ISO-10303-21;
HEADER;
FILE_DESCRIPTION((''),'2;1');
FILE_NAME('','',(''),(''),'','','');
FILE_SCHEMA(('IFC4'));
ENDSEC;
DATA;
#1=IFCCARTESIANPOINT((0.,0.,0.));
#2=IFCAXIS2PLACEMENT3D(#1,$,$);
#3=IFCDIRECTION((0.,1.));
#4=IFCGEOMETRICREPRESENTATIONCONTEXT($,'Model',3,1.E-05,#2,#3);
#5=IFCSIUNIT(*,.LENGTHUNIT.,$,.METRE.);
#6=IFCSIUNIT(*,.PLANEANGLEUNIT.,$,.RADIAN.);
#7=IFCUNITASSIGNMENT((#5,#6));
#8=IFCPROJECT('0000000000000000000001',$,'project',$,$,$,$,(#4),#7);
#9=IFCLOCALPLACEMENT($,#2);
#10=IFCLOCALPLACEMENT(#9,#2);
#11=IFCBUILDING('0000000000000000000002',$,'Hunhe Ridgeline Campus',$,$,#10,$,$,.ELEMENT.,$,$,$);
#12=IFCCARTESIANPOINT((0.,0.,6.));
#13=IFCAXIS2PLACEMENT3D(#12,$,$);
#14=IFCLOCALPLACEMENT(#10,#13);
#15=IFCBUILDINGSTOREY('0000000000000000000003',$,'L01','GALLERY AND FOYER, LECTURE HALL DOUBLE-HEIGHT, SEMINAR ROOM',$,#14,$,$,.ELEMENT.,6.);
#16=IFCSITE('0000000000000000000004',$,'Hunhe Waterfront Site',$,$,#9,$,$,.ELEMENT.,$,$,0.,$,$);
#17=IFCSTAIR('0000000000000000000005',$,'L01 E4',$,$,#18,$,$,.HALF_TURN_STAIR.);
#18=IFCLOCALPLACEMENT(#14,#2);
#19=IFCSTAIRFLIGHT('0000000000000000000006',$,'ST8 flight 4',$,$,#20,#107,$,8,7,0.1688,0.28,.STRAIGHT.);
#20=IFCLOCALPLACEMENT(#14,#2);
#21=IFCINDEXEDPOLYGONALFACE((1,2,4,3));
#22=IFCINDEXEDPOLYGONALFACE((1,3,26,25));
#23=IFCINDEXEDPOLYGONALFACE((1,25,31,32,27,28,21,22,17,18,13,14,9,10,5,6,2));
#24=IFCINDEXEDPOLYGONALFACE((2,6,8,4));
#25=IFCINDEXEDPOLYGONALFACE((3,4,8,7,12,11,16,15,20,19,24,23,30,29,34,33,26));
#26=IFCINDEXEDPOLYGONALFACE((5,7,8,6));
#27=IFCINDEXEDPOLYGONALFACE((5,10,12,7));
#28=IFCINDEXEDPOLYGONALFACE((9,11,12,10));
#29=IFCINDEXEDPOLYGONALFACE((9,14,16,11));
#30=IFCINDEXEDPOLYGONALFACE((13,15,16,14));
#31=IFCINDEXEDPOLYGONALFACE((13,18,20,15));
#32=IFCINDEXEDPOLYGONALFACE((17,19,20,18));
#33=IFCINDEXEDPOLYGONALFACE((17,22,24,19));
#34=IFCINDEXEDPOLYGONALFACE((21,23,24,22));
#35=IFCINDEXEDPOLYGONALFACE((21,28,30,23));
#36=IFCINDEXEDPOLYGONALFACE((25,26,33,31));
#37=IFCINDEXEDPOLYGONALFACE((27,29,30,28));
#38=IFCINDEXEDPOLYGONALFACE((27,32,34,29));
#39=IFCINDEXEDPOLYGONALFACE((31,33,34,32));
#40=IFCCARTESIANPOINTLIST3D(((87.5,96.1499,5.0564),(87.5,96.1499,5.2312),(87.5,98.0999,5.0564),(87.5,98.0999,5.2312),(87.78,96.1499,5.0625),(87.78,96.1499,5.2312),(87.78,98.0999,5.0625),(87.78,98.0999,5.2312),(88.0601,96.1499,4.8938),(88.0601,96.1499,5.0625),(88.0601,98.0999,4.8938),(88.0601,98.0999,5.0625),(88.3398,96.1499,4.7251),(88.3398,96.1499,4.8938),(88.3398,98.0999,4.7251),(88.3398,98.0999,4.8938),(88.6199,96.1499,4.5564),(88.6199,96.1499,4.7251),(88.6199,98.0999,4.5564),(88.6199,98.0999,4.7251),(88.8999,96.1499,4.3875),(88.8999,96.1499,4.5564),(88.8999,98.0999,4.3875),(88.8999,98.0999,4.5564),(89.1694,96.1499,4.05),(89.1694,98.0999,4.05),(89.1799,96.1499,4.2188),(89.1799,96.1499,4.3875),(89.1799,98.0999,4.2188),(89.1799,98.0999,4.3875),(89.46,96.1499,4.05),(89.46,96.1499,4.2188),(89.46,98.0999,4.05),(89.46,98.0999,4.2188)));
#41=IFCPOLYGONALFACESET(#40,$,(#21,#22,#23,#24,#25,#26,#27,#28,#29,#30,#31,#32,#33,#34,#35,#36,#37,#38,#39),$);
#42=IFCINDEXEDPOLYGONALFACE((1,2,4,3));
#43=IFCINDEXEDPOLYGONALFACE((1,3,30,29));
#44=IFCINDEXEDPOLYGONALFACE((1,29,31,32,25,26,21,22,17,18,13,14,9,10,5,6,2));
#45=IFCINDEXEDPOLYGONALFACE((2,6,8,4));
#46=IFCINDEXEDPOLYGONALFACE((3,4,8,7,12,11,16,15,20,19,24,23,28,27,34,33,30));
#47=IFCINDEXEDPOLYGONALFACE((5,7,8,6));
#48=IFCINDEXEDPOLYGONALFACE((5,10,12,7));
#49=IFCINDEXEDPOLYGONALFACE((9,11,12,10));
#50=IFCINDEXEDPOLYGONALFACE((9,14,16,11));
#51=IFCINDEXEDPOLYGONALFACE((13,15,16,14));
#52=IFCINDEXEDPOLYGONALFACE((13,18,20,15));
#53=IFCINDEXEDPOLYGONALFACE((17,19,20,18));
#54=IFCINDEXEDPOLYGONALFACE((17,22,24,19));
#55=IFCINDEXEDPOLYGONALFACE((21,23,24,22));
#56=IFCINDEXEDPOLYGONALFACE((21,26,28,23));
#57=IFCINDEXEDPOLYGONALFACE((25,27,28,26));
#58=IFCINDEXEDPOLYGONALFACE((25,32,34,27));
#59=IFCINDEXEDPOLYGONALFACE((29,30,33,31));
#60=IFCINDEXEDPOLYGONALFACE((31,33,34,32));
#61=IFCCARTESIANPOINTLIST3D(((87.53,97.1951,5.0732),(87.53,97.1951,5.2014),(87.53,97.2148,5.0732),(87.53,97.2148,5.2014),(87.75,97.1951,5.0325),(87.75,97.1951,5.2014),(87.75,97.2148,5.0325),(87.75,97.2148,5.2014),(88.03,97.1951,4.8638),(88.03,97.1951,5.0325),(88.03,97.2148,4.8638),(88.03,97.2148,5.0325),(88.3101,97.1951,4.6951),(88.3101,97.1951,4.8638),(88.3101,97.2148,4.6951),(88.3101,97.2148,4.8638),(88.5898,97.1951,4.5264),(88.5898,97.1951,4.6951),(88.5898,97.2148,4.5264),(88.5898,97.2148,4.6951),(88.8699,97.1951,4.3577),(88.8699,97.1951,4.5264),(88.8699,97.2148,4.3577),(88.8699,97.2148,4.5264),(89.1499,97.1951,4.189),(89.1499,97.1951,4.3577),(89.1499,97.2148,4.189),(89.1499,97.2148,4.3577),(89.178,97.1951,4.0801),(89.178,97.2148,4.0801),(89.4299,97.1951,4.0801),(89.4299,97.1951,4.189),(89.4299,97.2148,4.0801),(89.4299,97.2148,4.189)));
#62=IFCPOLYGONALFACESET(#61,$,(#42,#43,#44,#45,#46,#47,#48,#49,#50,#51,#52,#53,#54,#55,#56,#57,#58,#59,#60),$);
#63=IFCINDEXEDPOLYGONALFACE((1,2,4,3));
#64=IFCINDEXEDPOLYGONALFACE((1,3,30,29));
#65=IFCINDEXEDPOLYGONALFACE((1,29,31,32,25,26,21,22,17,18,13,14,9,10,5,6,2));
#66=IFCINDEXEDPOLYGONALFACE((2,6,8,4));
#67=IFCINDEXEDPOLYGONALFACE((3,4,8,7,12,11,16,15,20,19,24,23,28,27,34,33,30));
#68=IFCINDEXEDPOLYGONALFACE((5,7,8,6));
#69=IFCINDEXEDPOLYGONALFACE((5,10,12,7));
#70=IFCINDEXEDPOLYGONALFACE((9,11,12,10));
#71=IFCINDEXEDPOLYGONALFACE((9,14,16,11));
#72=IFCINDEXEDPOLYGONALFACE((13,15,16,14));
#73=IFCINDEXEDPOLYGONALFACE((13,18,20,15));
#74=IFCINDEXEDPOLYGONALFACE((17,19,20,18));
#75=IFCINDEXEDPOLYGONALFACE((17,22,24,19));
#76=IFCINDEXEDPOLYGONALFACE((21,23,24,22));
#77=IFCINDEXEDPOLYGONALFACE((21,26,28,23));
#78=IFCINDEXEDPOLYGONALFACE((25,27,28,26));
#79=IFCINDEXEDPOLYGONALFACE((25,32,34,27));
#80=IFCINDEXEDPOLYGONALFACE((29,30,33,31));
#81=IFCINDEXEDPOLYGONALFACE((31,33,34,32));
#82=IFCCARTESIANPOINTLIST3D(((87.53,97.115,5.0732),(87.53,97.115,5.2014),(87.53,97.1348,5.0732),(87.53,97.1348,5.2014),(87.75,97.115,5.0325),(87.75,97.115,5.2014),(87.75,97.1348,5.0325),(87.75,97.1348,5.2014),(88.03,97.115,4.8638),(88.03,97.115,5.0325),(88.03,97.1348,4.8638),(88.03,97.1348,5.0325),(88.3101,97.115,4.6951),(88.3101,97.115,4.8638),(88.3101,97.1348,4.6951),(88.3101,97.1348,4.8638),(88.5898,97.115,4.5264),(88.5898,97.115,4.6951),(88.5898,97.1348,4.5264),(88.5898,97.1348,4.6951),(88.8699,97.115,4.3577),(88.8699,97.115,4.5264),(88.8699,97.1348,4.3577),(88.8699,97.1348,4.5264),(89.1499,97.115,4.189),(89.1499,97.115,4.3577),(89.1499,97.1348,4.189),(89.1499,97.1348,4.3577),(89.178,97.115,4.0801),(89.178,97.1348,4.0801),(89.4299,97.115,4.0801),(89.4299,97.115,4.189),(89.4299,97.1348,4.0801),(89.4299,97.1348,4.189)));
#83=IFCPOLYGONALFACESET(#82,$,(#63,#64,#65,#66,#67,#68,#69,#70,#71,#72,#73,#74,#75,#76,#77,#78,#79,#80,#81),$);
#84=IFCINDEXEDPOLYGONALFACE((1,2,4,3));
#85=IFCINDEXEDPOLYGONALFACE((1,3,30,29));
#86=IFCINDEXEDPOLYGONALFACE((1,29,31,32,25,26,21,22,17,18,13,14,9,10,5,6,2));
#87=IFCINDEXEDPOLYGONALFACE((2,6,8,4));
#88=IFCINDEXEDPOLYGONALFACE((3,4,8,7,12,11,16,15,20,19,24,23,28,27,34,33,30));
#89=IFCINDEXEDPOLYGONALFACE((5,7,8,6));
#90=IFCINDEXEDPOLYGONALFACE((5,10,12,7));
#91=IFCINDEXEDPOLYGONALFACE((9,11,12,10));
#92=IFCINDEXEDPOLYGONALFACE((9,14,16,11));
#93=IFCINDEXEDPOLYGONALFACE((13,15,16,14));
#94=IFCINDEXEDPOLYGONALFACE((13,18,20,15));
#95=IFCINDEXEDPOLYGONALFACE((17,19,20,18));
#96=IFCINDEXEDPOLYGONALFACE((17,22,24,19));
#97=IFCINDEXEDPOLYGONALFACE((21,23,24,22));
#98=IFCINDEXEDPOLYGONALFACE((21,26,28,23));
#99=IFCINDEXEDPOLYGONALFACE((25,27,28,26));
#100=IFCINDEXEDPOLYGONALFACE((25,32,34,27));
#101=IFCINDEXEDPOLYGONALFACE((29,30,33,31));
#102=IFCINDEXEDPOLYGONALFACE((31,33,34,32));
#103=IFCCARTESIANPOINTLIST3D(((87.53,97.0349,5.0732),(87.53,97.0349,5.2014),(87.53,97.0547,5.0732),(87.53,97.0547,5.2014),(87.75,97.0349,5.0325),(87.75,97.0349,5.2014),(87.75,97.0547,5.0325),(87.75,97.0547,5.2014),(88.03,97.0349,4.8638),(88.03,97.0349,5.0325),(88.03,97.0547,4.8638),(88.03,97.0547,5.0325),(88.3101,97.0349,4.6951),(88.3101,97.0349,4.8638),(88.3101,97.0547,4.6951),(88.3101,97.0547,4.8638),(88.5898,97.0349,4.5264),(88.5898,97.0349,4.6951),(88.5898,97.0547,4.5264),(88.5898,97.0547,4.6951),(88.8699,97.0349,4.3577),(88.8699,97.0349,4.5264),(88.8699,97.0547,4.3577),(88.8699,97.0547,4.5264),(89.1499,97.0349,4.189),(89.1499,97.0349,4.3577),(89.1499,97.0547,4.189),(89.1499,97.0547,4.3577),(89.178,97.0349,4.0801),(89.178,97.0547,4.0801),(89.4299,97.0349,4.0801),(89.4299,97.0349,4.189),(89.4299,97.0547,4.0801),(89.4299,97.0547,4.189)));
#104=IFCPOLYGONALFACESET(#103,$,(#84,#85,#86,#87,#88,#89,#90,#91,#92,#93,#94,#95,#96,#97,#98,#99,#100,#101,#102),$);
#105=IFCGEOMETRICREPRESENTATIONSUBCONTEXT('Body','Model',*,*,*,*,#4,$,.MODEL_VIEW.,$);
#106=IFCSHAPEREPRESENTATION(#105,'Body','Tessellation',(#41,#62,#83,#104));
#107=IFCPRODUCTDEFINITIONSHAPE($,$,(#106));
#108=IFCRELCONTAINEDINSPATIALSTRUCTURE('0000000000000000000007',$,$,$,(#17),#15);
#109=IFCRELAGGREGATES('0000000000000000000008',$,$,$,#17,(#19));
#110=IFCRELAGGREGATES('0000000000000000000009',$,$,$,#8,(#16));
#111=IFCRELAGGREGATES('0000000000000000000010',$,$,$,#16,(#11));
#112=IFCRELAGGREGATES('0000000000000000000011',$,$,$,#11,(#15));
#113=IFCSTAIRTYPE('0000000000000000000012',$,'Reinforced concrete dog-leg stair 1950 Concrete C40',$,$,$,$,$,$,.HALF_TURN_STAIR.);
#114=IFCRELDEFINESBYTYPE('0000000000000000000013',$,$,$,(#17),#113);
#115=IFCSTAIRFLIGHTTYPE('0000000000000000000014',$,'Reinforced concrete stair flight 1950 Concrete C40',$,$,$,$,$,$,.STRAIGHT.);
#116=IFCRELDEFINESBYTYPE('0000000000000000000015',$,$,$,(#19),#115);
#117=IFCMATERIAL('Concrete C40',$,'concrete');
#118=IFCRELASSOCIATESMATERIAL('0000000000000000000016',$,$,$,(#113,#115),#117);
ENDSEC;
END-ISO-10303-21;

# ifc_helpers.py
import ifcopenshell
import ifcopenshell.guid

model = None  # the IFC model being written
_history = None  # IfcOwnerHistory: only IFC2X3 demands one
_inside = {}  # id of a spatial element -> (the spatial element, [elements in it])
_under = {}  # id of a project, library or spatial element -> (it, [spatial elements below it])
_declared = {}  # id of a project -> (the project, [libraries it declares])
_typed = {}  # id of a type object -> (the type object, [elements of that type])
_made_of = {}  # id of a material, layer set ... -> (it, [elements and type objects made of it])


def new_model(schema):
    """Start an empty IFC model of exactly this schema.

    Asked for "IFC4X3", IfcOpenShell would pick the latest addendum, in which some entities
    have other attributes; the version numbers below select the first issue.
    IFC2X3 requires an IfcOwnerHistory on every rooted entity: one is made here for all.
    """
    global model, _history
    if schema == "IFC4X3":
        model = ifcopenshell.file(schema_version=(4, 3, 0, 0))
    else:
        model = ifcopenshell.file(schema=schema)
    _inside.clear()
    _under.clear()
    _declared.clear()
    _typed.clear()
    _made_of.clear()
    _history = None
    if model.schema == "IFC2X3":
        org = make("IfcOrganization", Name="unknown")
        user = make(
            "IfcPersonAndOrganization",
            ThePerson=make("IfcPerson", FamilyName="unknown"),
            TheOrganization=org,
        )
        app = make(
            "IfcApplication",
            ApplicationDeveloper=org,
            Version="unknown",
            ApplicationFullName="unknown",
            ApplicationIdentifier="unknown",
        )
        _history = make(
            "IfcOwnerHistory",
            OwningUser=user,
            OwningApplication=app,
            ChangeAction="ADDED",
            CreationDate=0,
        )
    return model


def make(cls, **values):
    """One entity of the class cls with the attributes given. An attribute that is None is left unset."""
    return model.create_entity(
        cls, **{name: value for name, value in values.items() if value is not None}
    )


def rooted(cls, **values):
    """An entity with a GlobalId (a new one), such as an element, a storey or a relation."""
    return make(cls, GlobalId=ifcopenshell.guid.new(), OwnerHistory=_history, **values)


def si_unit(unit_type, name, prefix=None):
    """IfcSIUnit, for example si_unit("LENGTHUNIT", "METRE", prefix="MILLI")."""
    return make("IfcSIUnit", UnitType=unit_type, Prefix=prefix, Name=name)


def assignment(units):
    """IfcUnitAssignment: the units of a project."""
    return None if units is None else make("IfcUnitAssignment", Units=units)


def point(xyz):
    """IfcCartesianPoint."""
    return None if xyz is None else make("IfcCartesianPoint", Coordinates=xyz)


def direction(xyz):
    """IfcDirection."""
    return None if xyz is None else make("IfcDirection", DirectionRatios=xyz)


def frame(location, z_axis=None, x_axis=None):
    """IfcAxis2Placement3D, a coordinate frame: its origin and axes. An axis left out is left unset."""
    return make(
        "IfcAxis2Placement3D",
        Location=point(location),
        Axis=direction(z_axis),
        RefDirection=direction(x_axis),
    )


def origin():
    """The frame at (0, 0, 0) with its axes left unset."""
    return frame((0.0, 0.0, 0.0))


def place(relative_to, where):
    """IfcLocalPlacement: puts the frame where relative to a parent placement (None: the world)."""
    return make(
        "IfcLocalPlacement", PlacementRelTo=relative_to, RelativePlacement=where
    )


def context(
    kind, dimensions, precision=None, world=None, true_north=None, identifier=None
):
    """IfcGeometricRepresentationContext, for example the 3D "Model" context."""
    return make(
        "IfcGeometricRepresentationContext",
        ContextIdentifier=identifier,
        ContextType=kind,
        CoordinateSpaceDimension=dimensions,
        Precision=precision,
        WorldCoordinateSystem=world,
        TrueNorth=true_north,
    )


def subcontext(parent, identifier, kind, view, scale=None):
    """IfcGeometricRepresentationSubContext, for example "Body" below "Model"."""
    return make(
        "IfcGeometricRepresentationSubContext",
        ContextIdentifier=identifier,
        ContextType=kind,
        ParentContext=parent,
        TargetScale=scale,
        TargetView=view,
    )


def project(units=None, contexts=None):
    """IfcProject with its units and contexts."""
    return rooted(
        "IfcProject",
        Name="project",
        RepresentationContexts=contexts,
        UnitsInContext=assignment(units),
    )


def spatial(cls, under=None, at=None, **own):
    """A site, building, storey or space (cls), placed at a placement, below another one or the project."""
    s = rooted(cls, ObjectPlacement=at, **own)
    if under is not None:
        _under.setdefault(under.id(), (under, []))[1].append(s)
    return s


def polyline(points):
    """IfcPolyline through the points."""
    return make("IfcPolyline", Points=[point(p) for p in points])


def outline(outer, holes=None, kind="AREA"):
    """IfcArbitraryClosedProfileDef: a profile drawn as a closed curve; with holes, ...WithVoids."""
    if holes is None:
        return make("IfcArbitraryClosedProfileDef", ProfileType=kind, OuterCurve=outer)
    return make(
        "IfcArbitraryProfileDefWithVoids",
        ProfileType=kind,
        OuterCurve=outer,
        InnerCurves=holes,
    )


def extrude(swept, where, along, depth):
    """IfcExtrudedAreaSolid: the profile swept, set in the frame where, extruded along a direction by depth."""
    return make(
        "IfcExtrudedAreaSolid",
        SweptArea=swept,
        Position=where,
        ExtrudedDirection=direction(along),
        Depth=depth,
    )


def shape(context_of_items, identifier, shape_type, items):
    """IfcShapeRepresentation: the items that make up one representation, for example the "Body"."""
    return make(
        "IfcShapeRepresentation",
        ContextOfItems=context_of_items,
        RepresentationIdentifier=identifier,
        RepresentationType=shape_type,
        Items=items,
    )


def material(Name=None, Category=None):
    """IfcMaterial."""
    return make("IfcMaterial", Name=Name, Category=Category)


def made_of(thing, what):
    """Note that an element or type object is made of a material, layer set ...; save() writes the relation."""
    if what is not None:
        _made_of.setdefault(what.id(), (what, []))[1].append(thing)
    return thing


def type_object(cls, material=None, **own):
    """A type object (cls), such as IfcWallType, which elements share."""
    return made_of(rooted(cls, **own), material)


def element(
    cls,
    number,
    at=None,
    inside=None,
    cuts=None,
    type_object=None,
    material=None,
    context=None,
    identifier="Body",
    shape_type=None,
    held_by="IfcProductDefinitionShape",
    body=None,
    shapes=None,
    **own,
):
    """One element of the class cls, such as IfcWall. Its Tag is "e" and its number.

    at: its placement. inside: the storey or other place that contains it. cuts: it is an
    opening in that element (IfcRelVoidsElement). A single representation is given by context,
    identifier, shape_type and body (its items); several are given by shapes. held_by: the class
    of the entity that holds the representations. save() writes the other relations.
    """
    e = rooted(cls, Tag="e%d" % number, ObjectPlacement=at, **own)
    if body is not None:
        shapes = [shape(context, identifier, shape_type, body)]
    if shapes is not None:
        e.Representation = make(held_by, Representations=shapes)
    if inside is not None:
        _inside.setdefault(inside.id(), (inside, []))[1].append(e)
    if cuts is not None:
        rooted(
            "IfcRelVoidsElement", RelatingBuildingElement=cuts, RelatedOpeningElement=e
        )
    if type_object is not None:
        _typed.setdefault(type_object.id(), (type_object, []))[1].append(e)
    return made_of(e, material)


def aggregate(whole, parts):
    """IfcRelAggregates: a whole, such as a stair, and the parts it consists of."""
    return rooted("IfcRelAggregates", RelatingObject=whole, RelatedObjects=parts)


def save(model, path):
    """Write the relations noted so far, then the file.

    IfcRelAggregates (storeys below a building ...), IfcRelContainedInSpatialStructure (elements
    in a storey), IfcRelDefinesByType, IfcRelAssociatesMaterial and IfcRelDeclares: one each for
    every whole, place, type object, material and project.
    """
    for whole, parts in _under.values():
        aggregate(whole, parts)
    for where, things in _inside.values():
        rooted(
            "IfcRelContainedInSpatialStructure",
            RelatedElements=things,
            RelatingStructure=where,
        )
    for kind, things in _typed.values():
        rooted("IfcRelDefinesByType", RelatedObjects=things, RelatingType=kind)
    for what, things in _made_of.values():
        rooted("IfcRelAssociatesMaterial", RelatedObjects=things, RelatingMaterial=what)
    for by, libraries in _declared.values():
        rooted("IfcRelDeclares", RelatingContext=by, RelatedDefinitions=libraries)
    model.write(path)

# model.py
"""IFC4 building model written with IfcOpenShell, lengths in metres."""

from ifc_helpers import new_model, si_unit, direction, frame, origin, place, context, subcontext, project, spatial, polyline, outline, extrude, material, type_object, element, aggregate, save


model = new_model("IFC4")

# Units and contexts
model_context = context("Model", 3, precision=1e-05, world=origin(), true_north=direction((0.0, 1.0)))
body_context = subcontext(model_context, "Body", "Model", "MODEL_VIEW")
ifc_project = project(units=[si_unit("LENGTHUNIT", "METRE"), si_unit("PLANEANGLEUNIT", "RADIAN")], contexts=[model_context])

# Site, building, storey
site_placement = place(None, origin())
site = spatial("IfcSite", under=ifc_project, at=site_placement, Name="Hunhe Waterfront Site", CompositionType="ELEMENT", RefElevation=0.0)
building_placement = place(site_placement, origin())
building = spatial("IfcBuilding", under=site, at=building_placement, Name="Hunhe Ridgeline Campus", CompositionType="ELEMENT")
storey_placement = place(building_placement, frame((0.0, 0.0, 6.0)))
storey = spatial("IfcBuildingStorey", under=building, at=storey_placement, Name="L01", Description="GALLERY AND FOYER, LECTURE HALL DOUBLE-HEIGHT, SEMINAR ROOM", CompositionType="ELEMENT", Elevation=6.0)

# Stair, stair flight
ifc_material_1 = material(Name="Concrete C40", Category="concrete")
stair_type = type_object("IfcStairType", Name="Reinforced concrete dog-leg stair 1950 Concrete C40", PredefinedType="HALF_TURN_STAIR", material=ifc_material_1)
stair_flight_type = type_object("IfcStairFlightType", Name="Reinforced concrete stair flight 1950 Concrete C40", PredefinedType="STRAIGHT", material=ifc_material_1)
stair_1_placement = place(storey_placement, origin())
stair_1 = element("IfcStair", 1, at=stair_1_placement, inside=storey, type_object=stair_type, Name="L01 E4", PredefinedType="HALF_TURN_STAIR")
stair_flight_1_placement = place(storey_placement, frame((89.46, 97.125, 4.05), z_axis=(0.0, 0.0, 1.0), x_axis=(-1.0, 0.0, 0.0)))
stair_flight_1 = element("IfcStairFlight", 2, at=stair_flight_1_placement, type_object=stair_flight_type, Name="ST8 flight 4", NumberOfRisers=8, NumberOfTreads=7, PredefinedType="STRAIGHT", RiserHeight=0.1688, TreadLength=0.28, context=body_context, shape_type="SweptSolid", body=[
    extrude(outline(polyline([(0.0, 0.0), (0.0, 0.1687), (0.28, 0.1687), (0.28, 0.3374), (0.5601, 0.3374), (0.5601, 0.5063), (0.8401, 0.5063), (0.8401, 0.675), (1.1201, 0.675), (1.1201, 0.8438), (1.3999, 0.8438), (1.3999, 1.0125), (1.6799, 1.0125), (1.6799, 1.1812), (1.96, 1.1812), (1.96, 1.3501), (1.96, 1.0063), (0.2905, 0.0), (0.0, 0.0)])), frame((0.0, 0.9751, 0.0), z_axis=(0.0, -1.0, 0.0), x_axis=(1.0, 0.0, 0.0)), (0.0, 0.0, 1.0), 1.95),
    extrude(outline(polyline([(0.03, 0.03), (0.03, 0.1389), (0.3101, 0.1389), (0.3101, 0.3076), (0.5901, 0.3076), (0.5901, 0.4763), (0.8701, 0.4763), (0.8701, 0.645), (1.1499, 0.645), (1.1499, 0.8137), (1.4299, 0.8137), (1.4299, 0.9824), (1.71, 0.9824), (1.71, 1.1514), (1.9299, 1.1514), (1.9299, 1.0232), (0.282, 0.03), (0.03, 0.03)])), frame((0.0, -0.0701, 0.0), z_axis=(0.0, -1.0, 0.0), x_axis=(1.0, 0.0, 0.0)), (0.0, 0.0, 1.0), 0.0198),
    extrude(outline(polyline([(0.03, 0.03), (0.03, 0.1389), (0.3101, 0.1389), (0.3101, 0.3076), (0.5901, 0.3076), (0.5901, 0.4763), (0.8701, 0.4763), (0.8701, 0.645), (1.1499, 0.645), (1.1499, 0.8137), (1.4299, 0.8137), (1.4299, 0.9824), (1.71, 0.9824), (1.71, 1.1514), (1.9299, 1.1514), (1.9299, 1.0232), (0.282, 0.03), (0.03, 0.03)])), frame((0.0, 0.01, 0.0), z_axis=(0.0, -1.0, 0.0), x_axis=(1.0, 0.0, 0.0)), (0.0, 0.0, 1.0), 0.0198),
    extrude(outline(polyline([(0.03, 0.03), (0.03, 0.1389), (0.3101, 0.1389), (0.3101, 0.3076), (0.5901, 0.3076), (0.5901, 0.4763), (0.8701, 0.4763), (0.8701, 0.645), (1.1499, 0.645), (1.1499, 0.8137), (1.4299, 0.8137), (1.4299, 0.9824), (1.71, 0.9824), (1.71, 1.1514), (1.9299, 1.1514), (1.9299, 1.0232), (0.282, 0.03), (0.03, 0.03)])), frame((0.0, 0.0901, 0.0), z_axis=(0.0, -1.0, 0.0), x_axis=(1.0, 0.0, 0.0)), (0.0, 0.0, 1.0), 0.0198),
])
aggregate(stair_1, [stair_flight_1])

save(model, "model.ifc")
